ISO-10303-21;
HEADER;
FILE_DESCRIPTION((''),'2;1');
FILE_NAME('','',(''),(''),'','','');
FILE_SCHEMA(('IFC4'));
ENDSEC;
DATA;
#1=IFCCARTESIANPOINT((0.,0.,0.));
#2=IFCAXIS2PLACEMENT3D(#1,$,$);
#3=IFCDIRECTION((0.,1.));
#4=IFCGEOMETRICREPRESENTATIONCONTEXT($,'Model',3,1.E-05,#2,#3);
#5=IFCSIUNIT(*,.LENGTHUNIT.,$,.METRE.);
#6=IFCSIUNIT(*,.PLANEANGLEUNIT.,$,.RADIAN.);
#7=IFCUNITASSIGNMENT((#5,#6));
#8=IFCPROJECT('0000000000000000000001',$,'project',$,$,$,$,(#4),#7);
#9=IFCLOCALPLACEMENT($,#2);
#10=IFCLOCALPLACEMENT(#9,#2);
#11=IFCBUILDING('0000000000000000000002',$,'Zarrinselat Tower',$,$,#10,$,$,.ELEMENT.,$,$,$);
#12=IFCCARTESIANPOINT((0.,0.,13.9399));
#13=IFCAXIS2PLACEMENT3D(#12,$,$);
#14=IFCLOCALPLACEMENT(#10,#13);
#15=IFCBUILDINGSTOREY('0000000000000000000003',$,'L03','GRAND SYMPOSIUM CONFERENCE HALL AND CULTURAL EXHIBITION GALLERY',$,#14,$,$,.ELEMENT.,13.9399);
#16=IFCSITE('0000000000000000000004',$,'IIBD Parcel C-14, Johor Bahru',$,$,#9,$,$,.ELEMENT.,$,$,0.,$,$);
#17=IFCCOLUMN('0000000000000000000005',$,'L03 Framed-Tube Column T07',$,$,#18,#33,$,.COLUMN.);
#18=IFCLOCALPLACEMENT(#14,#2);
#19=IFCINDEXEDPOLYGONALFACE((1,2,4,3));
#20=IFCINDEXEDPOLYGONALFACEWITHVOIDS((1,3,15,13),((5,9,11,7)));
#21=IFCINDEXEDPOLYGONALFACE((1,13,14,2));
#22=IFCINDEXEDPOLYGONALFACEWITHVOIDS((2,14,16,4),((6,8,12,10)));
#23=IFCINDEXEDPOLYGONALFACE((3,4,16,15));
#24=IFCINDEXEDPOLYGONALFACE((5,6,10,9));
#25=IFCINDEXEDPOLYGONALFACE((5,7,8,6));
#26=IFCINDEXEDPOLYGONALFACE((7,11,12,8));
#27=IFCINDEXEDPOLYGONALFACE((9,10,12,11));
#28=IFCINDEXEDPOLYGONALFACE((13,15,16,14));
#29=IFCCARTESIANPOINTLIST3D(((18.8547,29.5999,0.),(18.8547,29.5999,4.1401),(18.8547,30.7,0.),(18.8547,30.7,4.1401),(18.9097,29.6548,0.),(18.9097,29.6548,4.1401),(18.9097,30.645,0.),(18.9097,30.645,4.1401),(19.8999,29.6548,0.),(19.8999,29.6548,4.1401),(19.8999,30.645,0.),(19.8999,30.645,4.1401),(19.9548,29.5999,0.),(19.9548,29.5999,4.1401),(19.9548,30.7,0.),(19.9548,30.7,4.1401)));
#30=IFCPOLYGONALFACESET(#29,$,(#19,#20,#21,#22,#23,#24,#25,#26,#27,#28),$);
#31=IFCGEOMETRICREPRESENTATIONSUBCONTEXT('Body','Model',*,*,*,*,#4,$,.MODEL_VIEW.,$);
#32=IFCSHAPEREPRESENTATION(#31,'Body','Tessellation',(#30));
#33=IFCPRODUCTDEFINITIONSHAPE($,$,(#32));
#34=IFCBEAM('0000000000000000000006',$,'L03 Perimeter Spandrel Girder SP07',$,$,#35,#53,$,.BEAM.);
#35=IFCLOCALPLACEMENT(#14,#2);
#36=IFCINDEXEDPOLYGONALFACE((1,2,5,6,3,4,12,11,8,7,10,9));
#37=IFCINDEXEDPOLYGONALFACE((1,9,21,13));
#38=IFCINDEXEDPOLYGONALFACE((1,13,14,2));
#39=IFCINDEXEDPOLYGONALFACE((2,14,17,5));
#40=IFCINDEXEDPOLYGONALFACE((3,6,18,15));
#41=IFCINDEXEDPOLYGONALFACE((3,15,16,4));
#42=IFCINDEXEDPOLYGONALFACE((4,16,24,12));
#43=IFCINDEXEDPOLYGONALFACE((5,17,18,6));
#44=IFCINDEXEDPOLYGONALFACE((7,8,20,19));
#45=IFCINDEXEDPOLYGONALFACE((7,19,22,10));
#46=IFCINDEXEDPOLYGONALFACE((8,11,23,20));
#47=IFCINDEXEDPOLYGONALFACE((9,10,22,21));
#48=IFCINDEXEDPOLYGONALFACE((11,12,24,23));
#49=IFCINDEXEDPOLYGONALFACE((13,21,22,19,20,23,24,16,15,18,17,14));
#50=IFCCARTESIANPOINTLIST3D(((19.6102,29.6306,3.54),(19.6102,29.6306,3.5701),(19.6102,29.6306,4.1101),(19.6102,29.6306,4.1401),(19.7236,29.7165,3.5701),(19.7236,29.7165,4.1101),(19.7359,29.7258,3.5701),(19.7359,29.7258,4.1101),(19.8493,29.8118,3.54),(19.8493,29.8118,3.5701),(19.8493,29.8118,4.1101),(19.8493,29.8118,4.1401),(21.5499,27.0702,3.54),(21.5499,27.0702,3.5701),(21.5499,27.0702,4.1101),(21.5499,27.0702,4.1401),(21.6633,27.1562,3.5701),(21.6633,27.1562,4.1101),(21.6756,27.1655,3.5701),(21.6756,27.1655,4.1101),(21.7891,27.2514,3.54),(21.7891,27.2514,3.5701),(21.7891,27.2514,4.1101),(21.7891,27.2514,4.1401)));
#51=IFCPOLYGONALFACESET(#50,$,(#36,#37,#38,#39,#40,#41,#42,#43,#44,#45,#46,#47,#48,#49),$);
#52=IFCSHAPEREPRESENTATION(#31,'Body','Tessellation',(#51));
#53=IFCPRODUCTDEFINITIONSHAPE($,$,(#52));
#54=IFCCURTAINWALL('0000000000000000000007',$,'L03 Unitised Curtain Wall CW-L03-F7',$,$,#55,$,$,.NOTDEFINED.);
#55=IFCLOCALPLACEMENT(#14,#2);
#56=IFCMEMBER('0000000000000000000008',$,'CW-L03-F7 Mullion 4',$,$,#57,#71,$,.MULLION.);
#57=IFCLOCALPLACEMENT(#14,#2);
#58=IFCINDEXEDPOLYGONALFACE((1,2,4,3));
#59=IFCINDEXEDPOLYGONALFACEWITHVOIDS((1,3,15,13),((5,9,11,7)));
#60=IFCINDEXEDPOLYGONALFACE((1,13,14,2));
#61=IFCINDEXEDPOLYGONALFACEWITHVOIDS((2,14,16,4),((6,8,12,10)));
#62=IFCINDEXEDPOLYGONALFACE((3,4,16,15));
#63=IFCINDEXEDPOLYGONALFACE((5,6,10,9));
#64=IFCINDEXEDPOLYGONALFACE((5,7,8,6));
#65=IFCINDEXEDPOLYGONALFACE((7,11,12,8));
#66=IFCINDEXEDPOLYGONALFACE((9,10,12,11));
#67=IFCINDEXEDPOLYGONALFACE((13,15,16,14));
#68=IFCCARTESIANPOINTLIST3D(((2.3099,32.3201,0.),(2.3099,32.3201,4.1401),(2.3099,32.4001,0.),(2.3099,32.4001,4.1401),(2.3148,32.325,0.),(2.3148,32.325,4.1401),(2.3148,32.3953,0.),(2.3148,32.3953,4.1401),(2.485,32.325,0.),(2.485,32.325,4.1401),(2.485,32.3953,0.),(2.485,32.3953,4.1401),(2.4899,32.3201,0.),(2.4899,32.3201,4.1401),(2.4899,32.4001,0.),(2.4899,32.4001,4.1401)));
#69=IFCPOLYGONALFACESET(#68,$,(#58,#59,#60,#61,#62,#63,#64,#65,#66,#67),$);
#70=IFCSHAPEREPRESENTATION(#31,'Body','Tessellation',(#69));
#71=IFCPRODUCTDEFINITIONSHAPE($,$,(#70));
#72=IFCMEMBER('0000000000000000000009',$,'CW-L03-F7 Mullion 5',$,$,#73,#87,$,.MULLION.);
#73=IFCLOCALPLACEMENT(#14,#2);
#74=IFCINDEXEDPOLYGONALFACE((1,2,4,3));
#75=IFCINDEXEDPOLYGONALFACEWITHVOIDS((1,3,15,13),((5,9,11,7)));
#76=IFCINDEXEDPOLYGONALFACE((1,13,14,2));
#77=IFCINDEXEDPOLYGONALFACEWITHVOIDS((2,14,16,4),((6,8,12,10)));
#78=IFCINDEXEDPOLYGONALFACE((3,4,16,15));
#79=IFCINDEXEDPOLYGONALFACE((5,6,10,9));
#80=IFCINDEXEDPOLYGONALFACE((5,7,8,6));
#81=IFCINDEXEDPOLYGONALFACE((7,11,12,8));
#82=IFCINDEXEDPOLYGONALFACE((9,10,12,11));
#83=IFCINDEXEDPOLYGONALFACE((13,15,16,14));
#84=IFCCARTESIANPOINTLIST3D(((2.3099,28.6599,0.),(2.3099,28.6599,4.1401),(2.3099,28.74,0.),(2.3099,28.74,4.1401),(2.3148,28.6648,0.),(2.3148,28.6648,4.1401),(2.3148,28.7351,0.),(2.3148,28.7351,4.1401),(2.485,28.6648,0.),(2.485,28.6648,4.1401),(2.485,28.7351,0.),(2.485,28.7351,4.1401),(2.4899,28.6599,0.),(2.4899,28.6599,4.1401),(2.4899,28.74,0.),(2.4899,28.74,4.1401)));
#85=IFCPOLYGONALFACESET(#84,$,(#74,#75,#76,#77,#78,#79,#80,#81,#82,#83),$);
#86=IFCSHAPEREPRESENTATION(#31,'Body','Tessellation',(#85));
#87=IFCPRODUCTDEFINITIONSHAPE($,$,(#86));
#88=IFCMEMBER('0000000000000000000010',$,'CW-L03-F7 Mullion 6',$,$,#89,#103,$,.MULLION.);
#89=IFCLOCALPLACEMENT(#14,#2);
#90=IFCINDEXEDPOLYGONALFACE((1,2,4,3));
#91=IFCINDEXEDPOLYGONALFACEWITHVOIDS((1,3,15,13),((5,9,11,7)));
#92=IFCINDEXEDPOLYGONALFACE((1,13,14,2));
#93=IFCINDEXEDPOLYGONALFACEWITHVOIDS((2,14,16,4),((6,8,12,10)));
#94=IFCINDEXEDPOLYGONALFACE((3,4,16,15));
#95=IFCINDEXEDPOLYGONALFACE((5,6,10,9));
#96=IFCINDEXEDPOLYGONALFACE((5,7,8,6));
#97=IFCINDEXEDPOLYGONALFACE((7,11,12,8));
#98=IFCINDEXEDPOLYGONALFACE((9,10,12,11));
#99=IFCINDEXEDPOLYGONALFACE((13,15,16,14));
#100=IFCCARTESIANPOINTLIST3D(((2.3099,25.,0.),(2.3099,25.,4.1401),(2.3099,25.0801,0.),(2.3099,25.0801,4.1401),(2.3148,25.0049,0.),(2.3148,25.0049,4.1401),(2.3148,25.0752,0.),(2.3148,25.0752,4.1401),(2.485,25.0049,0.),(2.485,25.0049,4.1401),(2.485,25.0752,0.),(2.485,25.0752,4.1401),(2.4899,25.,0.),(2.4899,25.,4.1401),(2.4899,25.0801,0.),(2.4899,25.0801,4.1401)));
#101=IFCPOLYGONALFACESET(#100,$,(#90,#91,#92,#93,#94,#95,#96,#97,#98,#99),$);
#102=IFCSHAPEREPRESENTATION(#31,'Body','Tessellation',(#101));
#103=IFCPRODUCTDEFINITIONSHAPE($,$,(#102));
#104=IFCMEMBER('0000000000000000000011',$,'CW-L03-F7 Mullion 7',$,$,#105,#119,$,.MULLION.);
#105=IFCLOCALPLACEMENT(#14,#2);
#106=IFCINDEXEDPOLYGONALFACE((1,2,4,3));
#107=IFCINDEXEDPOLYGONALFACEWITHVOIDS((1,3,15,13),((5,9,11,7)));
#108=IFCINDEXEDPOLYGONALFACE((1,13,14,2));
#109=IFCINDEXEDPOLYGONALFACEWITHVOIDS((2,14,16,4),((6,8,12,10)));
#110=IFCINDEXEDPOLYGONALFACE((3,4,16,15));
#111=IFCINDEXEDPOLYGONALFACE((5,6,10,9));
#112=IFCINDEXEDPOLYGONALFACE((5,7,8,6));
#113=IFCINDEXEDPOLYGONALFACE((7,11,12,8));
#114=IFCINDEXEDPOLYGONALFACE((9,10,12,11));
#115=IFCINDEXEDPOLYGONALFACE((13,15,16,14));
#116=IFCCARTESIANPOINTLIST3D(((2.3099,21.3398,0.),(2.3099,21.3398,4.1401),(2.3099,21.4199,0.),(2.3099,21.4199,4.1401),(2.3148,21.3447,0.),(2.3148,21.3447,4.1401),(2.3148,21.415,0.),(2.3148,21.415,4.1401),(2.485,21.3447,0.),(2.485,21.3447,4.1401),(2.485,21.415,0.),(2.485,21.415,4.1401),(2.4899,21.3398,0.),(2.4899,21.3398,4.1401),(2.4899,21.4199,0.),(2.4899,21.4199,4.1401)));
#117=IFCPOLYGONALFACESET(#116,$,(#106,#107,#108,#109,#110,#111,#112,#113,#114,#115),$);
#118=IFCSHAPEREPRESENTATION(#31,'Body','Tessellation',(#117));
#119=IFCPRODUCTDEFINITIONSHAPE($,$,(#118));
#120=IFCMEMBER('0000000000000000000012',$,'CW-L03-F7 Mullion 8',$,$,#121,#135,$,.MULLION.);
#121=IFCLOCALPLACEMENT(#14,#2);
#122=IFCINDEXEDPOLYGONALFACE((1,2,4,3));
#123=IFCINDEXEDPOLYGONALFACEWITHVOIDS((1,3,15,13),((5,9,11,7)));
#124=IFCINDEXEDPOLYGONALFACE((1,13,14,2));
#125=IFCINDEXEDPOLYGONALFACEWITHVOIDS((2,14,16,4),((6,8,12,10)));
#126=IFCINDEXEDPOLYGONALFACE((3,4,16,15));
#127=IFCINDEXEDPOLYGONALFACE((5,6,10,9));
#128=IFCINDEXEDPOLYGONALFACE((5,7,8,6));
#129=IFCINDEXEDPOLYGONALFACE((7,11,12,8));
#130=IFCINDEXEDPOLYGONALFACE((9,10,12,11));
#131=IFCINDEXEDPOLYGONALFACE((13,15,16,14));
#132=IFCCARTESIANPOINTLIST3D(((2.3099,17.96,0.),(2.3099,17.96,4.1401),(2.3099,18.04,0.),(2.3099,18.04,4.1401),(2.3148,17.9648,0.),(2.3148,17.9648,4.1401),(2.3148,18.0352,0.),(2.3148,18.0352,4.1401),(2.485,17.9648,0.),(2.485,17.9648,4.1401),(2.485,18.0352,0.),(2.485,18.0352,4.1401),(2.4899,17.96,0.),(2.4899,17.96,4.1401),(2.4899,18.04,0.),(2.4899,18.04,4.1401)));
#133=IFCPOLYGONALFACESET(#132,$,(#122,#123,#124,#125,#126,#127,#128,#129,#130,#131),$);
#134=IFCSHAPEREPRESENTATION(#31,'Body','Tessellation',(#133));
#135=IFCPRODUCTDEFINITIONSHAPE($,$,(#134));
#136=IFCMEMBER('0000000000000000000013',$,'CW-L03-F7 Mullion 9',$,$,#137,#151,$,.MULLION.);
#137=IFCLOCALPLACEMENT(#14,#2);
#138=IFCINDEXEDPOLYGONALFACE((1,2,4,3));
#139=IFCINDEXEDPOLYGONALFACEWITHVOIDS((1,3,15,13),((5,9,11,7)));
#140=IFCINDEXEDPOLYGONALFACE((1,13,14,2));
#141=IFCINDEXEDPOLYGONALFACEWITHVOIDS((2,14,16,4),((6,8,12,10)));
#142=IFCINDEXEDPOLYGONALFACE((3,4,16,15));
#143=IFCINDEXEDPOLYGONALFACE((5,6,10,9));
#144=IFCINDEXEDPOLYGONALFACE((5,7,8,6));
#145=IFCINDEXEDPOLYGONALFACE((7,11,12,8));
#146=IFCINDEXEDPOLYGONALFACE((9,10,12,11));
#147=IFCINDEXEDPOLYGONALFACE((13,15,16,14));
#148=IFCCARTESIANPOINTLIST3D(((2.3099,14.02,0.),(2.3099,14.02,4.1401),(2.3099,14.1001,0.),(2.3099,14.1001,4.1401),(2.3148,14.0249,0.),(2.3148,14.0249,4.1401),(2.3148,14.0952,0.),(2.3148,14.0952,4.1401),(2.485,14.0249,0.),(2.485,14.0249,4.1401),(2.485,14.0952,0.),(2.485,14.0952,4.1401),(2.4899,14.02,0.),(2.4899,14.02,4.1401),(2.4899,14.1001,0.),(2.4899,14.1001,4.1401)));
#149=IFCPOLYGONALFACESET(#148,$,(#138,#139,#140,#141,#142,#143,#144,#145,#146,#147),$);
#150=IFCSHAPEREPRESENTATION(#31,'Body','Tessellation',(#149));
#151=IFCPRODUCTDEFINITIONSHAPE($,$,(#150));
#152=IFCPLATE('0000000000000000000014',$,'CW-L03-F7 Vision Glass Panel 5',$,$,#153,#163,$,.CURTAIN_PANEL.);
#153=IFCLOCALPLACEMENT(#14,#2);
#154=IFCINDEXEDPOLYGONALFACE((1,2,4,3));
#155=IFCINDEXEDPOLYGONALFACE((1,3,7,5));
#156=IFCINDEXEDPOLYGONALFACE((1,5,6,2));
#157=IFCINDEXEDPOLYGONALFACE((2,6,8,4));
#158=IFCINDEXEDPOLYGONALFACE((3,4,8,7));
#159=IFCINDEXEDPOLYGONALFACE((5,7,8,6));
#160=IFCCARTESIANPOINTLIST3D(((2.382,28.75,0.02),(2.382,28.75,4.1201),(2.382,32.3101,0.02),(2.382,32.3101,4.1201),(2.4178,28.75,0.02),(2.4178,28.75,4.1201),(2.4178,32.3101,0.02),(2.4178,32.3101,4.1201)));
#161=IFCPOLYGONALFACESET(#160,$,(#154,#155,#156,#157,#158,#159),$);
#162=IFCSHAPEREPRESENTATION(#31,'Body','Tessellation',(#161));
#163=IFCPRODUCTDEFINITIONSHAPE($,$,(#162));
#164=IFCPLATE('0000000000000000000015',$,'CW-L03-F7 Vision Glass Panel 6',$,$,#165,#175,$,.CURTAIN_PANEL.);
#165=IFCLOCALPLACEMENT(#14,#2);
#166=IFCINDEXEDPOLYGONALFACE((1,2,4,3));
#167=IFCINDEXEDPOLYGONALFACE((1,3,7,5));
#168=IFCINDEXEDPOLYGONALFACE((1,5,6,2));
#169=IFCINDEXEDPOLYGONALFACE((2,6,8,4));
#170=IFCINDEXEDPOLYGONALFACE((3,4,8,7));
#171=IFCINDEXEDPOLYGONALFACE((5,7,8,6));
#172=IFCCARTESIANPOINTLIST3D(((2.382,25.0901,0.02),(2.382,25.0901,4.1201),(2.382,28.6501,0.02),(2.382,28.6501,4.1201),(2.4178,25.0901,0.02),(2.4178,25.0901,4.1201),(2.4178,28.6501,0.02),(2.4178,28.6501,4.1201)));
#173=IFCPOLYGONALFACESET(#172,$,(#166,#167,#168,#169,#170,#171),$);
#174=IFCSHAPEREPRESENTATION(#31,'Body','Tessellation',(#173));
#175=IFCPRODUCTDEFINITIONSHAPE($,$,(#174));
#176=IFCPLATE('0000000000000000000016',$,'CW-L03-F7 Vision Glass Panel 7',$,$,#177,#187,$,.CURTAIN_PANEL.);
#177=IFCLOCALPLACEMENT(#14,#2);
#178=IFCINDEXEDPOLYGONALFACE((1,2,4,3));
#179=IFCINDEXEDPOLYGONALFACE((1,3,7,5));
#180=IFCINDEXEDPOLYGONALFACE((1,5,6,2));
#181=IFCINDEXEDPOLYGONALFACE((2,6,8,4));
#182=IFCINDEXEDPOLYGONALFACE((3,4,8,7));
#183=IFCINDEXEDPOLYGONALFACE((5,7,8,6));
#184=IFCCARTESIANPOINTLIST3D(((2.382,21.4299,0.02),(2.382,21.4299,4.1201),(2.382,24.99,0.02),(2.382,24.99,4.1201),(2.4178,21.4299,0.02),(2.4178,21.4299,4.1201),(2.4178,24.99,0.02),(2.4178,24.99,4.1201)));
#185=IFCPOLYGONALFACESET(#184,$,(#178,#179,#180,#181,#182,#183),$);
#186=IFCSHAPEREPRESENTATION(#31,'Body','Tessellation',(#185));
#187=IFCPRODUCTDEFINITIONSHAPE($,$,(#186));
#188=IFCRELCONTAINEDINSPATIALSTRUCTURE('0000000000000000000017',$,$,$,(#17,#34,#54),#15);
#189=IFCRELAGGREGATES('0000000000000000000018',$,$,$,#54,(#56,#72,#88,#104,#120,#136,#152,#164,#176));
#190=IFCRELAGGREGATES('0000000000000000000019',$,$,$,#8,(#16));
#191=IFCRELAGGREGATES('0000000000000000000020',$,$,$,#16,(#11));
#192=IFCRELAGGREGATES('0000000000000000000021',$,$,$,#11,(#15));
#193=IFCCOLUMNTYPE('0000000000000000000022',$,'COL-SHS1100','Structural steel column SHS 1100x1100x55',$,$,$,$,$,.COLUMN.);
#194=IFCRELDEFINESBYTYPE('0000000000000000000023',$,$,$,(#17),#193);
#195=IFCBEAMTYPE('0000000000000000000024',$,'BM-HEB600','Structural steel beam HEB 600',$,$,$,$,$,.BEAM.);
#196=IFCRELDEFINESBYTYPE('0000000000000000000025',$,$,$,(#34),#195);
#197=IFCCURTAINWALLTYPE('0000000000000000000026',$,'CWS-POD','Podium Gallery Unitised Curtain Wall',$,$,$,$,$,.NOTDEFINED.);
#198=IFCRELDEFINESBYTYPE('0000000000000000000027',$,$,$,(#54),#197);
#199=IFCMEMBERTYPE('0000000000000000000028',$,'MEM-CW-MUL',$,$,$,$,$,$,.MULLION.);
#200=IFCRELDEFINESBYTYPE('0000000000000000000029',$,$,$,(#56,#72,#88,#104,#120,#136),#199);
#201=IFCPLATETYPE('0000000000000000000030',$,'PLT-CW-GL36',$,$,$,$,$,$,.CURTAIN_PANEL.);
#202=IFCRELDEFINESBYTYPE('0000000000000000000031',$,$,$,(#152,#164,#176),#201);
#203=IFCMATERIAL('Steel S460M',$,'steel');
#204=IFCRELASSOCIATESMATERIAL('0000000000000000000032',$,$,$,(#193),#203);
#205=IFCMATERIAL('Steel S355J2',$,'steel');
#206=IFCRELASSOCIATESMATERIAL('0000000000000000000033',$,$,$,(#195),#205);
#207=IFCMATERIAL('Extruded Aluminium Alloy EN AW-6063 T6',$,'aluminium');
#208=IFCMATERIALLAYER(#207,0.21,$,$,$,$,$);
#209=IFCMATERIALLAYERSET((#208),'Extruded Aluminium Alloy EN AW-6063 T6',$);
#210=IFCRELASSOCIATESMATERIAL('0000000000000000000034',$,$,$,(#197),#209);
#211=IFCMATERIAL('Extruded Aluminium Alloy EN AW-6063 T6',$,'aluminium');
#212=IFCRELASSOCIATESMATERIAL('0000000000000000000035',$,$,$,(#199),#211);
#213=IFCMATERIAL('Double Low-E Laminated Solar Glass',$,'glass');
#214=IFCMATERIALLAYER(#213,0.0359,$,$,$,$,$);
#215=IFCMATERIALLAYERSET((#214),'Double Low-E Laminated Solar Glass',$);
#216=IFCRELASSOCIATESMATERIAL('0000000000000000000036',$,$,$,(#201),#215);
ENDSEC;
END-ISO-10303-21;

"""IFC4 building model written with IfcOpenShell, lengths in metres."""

from ifc_helpers import new_model, si_unit, direction, frame, origin, origin_2d, place, context, subcontext, project, spatial, rectangle, hollow_rectangle, i_section, extrude, material, layer, layer_set, material_profile, profile_set, type_object, element, aggregate, save


model = new_model("IFC4")

# Units and contexts
model_context = context("Model", 3, precision=1e-05, world=origin(), true_north=direction((0.0, 1.0)))
body_context = subcontext(model_context, "Body", "Model", "MODEL_VIEW")
ifc_project = project(units=[si_unit("LENGTHUNIT", "METRE"), si_unit("PLANEANGLEUNIT", "RADIAN")], contexts=[model_context])

# Site, building, storey
site_placement = place(None, origin())
site = spatial("IfcSite", under=ifc_project, at=site_placement, Name="IIBD Parcel C-14, Johor Bahru", CompositionType="ELEMENT", RefElevation=0.0)
building_placement = place(site_placement, origin())
building = spatial("IfcBuilding", under=site, at=building_placement, Name="Zarrinselat Tower", CompositionType="ELEMENT")
storey_placement = place(building_placement, frame((0.0, 0.0, 13.9399)))
storey = spatial("IfcBuildingStorey", under=building, at=storey_placement, Name="L03", Description="GRAND SYMPOSIUM CONFERENCE HALL AND CULTURAL EXHIBITION GALLERY", CompositionType="ELEMENT", Elevation=13.9399)

# Column
ifc_material_1 = material(Name="Steel S460M", Category="steel")
ifc_material_profile_1 = material_profile(ifc_material_1, hollow_rectangle(XDim=1.1001, YDim=1.1001, WallThickness=0.0549, at=origin_2d()), Name="SHS 1100x1100x55")
ifc_profile_set_1 = profile_set([ifc_material_profile_1], Name="Steel S460M")
column_type = type_object("IfcColumnType", Name="COL-SHS1100", Description="Structural steel column SHS 1100x1100x55", PredefinedType="COLUMN", material=ifc_profile_set_1)
column_placement = place(storey_placement, frame((19.4048, 30.1499, 0.0), z_axis=(0.0, 0.0, 1.0), x_axis=(1.0, 0.0, 0.0)))
element("IfcColumn", 1, at=column_placement, inside=storey, type_object=column_type, Name="L03 Framed-Tube Column T07", PredefinedType="COLUMN", context=body_context, shape_type="SweptSolid", body=[
    extrude(hollow_rectangle(XDim=1.1001, YDim=1.1001, WallThickness=0.0549, at=origin_2d()), origin(), (0.0, 0.0, 1.0), 4.1401),
])

# Beam
ifc_material_2 = material(Name="Steel S355J2", Category="steel")
ifc_material_profile_2 = material_profile(ifc_material_2, i_section(OverallWidth=0.3, OverallDepth=0.6001, WebThickness=0.0154, FlangeThickness=0.03, at=origin_2d()), Name="HEB 600")
ifc_profile_set_2 = profile_set([ifc_material_profile_2], Name="Steel S355J2")
beam_type = type_object("IfcBeamType", Name="BM-HEB600", Description="Structural steel beam HEB 600", PredefinedType="BEAM", material=ifc_profile_set_2)
beam_placement = place(storey_placement, frame((19.7297, 29.7212, 3.8401), z_axis=(0.603872, -0.797081, 0.0), x_axis=(0.797081, 0.603872, 0.0)))
element("IfcBeam", 2, at=beam_placement, inside=storey, type_object=beam_type, Name="L03 Perimeter Spandrel Girder SP07", PredefinedType="BEAM", context=body_context, shape_type="SweptSolid", body=[
    extrude(i_section(OverallWidth=0.3, OverallDepth=0.6001, WebThickness=0.0154, FlangeThickness=0.03, at=origin_2d()), origin(), (0.0, 0.0, 1.0), 3.2122),
])

# Curtain wall, members, plates
ifc_material_3 = material(Name="Extruded Aluminium Alloy EN AW-6063 T6", Category="aluminium")
ifc_layer_1 = layer(ifc_material_3, 0.21)
ifc_layer_set_1 = layer_set([ifc_layer_1], Name="Extruded Aluminium Alloy EN AW-6063 T6")
curtain_wall_type = type_object("IfcCurtainWallType", Name="CWS-POD", Description="Podium Gallery Unitised Curtain Wall", PredefinedType="NOTDEFINED", material=ifc_layer_set_1)
curtain_wall_placement = place(storey_placement, origin())
curtain_wall = element("IfcCurtainWall", 3, at=curtain_wall_placement, inside=storey, type_object=curtain_wall_type, Name="L03 Unitised Curtain Wall CW-L03-F7", PredefinedType="NOTDEFINED")
ifc_material_4 = material(Name="Extruded Aluminium Alloy EN AW-6063 T6", Category="aluminium")
ifc_material_profile_3 = material_profile(ifc_material_4, hollow_rectangle(XDim=0.0801, YDim=0.1799, WallThickness=0.0049, at=origin_2d()), Name="RHS 180x80x5")
ifc_profile_set_3 = profile_set([ifc_material_profile_3], Name="Extruded Aluminium Alloy EN AW-6063 T6")
member_type = type_object("IfcMemberType", Name="MEM-CW-MUL", PredefinedType="MULLION", material=ifc_profile_set_3)
member_1_placement = place(storey_placement, frame((2.3999, 32.3601, 0.0), z_axis=(0.0, 0.0, 1.0), x_axis=(0.0, -1.0, 0.0)))
member_1 = element("IfcMember", 4, at=member_1_placement, type_object=member_type, Name="CW-L03-F7 Mullion 4", PredefinedType="MULLION", context=body_context, shape_type="SweptSolid", body=[
    extrude(hollow_rectangle(XDim=0.0801, YDim=0.1799, WallThickness=0.0049, at=origin_2d()), origin(), (0.0, 0.0, 1.0), 4.1401),
])
member_2_placement = place(storey_placement, frame((2.3999, 28.7, 0.0), z_axis=(0.0, 0.0, 1.0), x_axis=(0.0, -1.0, 0.0)))
member_2 = element("IfcMember", 5, at=member_2_placement, type_object=member_type, Name="CW-L03-F7 Mullion 5", PredefinedType="MULLION", context=body_context, shape_type="SweptSolid", body=[
    extrude(hollow_rectangle(XDim=0.0801, YDim=0.1799, WallThickness=0.0049, at=origin_2d()), origin(), (0.0, 0.0, 1.0), 4.1401),
])
member_3_placement = place(storey_placement, frame((2.3999, 25.04, 0.0), z_axis=(0.0, 0.0, 1.0), x_axis=(0.0, -1.0, 0.0)))
member_3 = element("IfcMember", 6, at=member_3_placement, type_object=member_type, Name="CW-L03-F7 Mullion 6", PredefinedType="MULLION", context=body_context, shape_type="SweptSolid", body=[
    extrude(hollow_rectangle(XDim=0.0801, YDim=0.1799, WallThickness=0.0049, at=origin_2d()), origin(), (0.0, 0.0, 1.0), 4.1401),
])
member_4_placement = place(storey_placement, frame((2.3999, 21.3799, 0.0), z_axis=(0.0, 0.0, 1.0), x_axis=(0.0, -1.0, 0.0)))
member_4 = element("IfcMember", 7, at=member_4_placement, type_object=member_type, Name="CW-L03-F7 Mullion 7", PredefinedType="MULLION", context=body_context, shape_type="SweptSolid", body=[
    extrude(hollow_rectangle(XDim=0.0801, YDim=0.1799, WallThickness=0.0049, at=origin_2d()), origin(), (0.0, 0.0, 1.0), 4.1401),
])
member_5_placement = place(storey_placement, frame((2.3999, 18.0, 0.0), z_axis=(0.0, 0.0, 1.0), x_axis=(0.0, -1.0, 0.0)))
member_5 = element("IfcMember", 8, at=member_5_placement, type_object=member_type, Name="CW-L03-F7 Mullion 8", PredefinedType="MULLION", context=body_context, shape_type="SweptSolid", body=[
    extrude(hollow_rectangle(XDim=0.0801, YDim=0.1799, WallThickness=0.0049, at=origin_2d()), origin(), (0.0, 0.0, 1.0), 4.1401),
])
member_6_placement = place(storey_placement, frame((2.3999, 14.0601, 0.0), z_axis=(0.0, 0.0, 1.0), x_axis=(0.0, -1.0, 0.0)))
member_6 = element("IfcMember", 9, at=member_6_placement, type_object=member_type, Name="CW-L03-F7 Mullion 9", PredefinedType="MULLION", context=body_context, shape_type="SweptSolid", body=[
    extrude(hollow_rectangle(XDim=0.0801, YDim=0.1799, WallThickness=0.0049, at=origin_2d()), origin(), (0.0, 0.0, 1.0), 4.1401),
])
ifc_material_5 = material(Name="Double Low-E Laminated Solar Glass", Category="glass")
ifc_layer_2 = layer(ifc_material_5, 0.0359)
ifc_layer_set_2 = layer_set([ifc_layer_2], Name="Double Low-E Laminated Solar Glass")
plate_type = type_object("IfcPlateType", Name="PLT-CW-GL36", PredefinedType="CURTAIN_PANEL", material=ifc_layer_set_2)
plate_1_placement = place(storey_placement, frame((2.3999, 30.53, 0.02), z_axis=(0.0, 0.0, 1.0), x_axis=(0.0, -1.0, 0.0)))
plate_1 = element("IfcPlate", 10, at=plate_1_placement, type_object=plate_type, Name="CW-L03-F7 Vision Glass Panel 5", PredefinedType="CURTAIN_PANEL", context=body_context, shape_type="SweptSolid", body=[
    extrude(rectangle(XDim=3.5601, YDim=0.0359, at=origin_2d()), origin(), (0.0, 0.0, 1.0), 4.1001),
])
plate_2_placement = place(storey_placement, frame((2.3999, 26.8701, 0.02), z_axis=(0.0, 0.0, 1.0), x_axis=(0.0, -1.0, 0.0)))
plate_2 = element("IfcPlate", 11, at=plate_2_placement, type_object=plate_type, Name="CW-L03-F7 Vision Glass Panel 6", PredefinedType="CURTAIN_PANEL", context=body_context, shape_type="SweptSolid", body=[
    extrude(rectangle(XDim=3.5601, YDim=0.0359, at=origin_2d()), origin(), (0.0, 0.0, 1.0), 4.1001),
])
plate_3_placement = place(storey_placement, frame((2.3999, 23.21, 0.02), z_axis=(0.0, 0.0, 1.0), x_axis=(0.0, -1.0, 0.0)))
plate_3 = element("IfcPlate", 12, at=plate_3_placement, type_object=plate_type, Name="CW-L03-F7 Vision Glass Panel 7", PredefinedType="CURTAIN_PANEL", context=body_context, shape_type="SweptSolid", body=[
    extrude(rectangle(XDim=3.5601, YDim=0.0359, at=origin_2d()), origin(), (0.0, 0.0, 1.0), 4.1001),
])
aggregate(curtain_wall, [member_1, member_2, member_3, member_4, member_5, member_6, plate_1, plate_2, plate_3])

save(model, "model.ifc")
